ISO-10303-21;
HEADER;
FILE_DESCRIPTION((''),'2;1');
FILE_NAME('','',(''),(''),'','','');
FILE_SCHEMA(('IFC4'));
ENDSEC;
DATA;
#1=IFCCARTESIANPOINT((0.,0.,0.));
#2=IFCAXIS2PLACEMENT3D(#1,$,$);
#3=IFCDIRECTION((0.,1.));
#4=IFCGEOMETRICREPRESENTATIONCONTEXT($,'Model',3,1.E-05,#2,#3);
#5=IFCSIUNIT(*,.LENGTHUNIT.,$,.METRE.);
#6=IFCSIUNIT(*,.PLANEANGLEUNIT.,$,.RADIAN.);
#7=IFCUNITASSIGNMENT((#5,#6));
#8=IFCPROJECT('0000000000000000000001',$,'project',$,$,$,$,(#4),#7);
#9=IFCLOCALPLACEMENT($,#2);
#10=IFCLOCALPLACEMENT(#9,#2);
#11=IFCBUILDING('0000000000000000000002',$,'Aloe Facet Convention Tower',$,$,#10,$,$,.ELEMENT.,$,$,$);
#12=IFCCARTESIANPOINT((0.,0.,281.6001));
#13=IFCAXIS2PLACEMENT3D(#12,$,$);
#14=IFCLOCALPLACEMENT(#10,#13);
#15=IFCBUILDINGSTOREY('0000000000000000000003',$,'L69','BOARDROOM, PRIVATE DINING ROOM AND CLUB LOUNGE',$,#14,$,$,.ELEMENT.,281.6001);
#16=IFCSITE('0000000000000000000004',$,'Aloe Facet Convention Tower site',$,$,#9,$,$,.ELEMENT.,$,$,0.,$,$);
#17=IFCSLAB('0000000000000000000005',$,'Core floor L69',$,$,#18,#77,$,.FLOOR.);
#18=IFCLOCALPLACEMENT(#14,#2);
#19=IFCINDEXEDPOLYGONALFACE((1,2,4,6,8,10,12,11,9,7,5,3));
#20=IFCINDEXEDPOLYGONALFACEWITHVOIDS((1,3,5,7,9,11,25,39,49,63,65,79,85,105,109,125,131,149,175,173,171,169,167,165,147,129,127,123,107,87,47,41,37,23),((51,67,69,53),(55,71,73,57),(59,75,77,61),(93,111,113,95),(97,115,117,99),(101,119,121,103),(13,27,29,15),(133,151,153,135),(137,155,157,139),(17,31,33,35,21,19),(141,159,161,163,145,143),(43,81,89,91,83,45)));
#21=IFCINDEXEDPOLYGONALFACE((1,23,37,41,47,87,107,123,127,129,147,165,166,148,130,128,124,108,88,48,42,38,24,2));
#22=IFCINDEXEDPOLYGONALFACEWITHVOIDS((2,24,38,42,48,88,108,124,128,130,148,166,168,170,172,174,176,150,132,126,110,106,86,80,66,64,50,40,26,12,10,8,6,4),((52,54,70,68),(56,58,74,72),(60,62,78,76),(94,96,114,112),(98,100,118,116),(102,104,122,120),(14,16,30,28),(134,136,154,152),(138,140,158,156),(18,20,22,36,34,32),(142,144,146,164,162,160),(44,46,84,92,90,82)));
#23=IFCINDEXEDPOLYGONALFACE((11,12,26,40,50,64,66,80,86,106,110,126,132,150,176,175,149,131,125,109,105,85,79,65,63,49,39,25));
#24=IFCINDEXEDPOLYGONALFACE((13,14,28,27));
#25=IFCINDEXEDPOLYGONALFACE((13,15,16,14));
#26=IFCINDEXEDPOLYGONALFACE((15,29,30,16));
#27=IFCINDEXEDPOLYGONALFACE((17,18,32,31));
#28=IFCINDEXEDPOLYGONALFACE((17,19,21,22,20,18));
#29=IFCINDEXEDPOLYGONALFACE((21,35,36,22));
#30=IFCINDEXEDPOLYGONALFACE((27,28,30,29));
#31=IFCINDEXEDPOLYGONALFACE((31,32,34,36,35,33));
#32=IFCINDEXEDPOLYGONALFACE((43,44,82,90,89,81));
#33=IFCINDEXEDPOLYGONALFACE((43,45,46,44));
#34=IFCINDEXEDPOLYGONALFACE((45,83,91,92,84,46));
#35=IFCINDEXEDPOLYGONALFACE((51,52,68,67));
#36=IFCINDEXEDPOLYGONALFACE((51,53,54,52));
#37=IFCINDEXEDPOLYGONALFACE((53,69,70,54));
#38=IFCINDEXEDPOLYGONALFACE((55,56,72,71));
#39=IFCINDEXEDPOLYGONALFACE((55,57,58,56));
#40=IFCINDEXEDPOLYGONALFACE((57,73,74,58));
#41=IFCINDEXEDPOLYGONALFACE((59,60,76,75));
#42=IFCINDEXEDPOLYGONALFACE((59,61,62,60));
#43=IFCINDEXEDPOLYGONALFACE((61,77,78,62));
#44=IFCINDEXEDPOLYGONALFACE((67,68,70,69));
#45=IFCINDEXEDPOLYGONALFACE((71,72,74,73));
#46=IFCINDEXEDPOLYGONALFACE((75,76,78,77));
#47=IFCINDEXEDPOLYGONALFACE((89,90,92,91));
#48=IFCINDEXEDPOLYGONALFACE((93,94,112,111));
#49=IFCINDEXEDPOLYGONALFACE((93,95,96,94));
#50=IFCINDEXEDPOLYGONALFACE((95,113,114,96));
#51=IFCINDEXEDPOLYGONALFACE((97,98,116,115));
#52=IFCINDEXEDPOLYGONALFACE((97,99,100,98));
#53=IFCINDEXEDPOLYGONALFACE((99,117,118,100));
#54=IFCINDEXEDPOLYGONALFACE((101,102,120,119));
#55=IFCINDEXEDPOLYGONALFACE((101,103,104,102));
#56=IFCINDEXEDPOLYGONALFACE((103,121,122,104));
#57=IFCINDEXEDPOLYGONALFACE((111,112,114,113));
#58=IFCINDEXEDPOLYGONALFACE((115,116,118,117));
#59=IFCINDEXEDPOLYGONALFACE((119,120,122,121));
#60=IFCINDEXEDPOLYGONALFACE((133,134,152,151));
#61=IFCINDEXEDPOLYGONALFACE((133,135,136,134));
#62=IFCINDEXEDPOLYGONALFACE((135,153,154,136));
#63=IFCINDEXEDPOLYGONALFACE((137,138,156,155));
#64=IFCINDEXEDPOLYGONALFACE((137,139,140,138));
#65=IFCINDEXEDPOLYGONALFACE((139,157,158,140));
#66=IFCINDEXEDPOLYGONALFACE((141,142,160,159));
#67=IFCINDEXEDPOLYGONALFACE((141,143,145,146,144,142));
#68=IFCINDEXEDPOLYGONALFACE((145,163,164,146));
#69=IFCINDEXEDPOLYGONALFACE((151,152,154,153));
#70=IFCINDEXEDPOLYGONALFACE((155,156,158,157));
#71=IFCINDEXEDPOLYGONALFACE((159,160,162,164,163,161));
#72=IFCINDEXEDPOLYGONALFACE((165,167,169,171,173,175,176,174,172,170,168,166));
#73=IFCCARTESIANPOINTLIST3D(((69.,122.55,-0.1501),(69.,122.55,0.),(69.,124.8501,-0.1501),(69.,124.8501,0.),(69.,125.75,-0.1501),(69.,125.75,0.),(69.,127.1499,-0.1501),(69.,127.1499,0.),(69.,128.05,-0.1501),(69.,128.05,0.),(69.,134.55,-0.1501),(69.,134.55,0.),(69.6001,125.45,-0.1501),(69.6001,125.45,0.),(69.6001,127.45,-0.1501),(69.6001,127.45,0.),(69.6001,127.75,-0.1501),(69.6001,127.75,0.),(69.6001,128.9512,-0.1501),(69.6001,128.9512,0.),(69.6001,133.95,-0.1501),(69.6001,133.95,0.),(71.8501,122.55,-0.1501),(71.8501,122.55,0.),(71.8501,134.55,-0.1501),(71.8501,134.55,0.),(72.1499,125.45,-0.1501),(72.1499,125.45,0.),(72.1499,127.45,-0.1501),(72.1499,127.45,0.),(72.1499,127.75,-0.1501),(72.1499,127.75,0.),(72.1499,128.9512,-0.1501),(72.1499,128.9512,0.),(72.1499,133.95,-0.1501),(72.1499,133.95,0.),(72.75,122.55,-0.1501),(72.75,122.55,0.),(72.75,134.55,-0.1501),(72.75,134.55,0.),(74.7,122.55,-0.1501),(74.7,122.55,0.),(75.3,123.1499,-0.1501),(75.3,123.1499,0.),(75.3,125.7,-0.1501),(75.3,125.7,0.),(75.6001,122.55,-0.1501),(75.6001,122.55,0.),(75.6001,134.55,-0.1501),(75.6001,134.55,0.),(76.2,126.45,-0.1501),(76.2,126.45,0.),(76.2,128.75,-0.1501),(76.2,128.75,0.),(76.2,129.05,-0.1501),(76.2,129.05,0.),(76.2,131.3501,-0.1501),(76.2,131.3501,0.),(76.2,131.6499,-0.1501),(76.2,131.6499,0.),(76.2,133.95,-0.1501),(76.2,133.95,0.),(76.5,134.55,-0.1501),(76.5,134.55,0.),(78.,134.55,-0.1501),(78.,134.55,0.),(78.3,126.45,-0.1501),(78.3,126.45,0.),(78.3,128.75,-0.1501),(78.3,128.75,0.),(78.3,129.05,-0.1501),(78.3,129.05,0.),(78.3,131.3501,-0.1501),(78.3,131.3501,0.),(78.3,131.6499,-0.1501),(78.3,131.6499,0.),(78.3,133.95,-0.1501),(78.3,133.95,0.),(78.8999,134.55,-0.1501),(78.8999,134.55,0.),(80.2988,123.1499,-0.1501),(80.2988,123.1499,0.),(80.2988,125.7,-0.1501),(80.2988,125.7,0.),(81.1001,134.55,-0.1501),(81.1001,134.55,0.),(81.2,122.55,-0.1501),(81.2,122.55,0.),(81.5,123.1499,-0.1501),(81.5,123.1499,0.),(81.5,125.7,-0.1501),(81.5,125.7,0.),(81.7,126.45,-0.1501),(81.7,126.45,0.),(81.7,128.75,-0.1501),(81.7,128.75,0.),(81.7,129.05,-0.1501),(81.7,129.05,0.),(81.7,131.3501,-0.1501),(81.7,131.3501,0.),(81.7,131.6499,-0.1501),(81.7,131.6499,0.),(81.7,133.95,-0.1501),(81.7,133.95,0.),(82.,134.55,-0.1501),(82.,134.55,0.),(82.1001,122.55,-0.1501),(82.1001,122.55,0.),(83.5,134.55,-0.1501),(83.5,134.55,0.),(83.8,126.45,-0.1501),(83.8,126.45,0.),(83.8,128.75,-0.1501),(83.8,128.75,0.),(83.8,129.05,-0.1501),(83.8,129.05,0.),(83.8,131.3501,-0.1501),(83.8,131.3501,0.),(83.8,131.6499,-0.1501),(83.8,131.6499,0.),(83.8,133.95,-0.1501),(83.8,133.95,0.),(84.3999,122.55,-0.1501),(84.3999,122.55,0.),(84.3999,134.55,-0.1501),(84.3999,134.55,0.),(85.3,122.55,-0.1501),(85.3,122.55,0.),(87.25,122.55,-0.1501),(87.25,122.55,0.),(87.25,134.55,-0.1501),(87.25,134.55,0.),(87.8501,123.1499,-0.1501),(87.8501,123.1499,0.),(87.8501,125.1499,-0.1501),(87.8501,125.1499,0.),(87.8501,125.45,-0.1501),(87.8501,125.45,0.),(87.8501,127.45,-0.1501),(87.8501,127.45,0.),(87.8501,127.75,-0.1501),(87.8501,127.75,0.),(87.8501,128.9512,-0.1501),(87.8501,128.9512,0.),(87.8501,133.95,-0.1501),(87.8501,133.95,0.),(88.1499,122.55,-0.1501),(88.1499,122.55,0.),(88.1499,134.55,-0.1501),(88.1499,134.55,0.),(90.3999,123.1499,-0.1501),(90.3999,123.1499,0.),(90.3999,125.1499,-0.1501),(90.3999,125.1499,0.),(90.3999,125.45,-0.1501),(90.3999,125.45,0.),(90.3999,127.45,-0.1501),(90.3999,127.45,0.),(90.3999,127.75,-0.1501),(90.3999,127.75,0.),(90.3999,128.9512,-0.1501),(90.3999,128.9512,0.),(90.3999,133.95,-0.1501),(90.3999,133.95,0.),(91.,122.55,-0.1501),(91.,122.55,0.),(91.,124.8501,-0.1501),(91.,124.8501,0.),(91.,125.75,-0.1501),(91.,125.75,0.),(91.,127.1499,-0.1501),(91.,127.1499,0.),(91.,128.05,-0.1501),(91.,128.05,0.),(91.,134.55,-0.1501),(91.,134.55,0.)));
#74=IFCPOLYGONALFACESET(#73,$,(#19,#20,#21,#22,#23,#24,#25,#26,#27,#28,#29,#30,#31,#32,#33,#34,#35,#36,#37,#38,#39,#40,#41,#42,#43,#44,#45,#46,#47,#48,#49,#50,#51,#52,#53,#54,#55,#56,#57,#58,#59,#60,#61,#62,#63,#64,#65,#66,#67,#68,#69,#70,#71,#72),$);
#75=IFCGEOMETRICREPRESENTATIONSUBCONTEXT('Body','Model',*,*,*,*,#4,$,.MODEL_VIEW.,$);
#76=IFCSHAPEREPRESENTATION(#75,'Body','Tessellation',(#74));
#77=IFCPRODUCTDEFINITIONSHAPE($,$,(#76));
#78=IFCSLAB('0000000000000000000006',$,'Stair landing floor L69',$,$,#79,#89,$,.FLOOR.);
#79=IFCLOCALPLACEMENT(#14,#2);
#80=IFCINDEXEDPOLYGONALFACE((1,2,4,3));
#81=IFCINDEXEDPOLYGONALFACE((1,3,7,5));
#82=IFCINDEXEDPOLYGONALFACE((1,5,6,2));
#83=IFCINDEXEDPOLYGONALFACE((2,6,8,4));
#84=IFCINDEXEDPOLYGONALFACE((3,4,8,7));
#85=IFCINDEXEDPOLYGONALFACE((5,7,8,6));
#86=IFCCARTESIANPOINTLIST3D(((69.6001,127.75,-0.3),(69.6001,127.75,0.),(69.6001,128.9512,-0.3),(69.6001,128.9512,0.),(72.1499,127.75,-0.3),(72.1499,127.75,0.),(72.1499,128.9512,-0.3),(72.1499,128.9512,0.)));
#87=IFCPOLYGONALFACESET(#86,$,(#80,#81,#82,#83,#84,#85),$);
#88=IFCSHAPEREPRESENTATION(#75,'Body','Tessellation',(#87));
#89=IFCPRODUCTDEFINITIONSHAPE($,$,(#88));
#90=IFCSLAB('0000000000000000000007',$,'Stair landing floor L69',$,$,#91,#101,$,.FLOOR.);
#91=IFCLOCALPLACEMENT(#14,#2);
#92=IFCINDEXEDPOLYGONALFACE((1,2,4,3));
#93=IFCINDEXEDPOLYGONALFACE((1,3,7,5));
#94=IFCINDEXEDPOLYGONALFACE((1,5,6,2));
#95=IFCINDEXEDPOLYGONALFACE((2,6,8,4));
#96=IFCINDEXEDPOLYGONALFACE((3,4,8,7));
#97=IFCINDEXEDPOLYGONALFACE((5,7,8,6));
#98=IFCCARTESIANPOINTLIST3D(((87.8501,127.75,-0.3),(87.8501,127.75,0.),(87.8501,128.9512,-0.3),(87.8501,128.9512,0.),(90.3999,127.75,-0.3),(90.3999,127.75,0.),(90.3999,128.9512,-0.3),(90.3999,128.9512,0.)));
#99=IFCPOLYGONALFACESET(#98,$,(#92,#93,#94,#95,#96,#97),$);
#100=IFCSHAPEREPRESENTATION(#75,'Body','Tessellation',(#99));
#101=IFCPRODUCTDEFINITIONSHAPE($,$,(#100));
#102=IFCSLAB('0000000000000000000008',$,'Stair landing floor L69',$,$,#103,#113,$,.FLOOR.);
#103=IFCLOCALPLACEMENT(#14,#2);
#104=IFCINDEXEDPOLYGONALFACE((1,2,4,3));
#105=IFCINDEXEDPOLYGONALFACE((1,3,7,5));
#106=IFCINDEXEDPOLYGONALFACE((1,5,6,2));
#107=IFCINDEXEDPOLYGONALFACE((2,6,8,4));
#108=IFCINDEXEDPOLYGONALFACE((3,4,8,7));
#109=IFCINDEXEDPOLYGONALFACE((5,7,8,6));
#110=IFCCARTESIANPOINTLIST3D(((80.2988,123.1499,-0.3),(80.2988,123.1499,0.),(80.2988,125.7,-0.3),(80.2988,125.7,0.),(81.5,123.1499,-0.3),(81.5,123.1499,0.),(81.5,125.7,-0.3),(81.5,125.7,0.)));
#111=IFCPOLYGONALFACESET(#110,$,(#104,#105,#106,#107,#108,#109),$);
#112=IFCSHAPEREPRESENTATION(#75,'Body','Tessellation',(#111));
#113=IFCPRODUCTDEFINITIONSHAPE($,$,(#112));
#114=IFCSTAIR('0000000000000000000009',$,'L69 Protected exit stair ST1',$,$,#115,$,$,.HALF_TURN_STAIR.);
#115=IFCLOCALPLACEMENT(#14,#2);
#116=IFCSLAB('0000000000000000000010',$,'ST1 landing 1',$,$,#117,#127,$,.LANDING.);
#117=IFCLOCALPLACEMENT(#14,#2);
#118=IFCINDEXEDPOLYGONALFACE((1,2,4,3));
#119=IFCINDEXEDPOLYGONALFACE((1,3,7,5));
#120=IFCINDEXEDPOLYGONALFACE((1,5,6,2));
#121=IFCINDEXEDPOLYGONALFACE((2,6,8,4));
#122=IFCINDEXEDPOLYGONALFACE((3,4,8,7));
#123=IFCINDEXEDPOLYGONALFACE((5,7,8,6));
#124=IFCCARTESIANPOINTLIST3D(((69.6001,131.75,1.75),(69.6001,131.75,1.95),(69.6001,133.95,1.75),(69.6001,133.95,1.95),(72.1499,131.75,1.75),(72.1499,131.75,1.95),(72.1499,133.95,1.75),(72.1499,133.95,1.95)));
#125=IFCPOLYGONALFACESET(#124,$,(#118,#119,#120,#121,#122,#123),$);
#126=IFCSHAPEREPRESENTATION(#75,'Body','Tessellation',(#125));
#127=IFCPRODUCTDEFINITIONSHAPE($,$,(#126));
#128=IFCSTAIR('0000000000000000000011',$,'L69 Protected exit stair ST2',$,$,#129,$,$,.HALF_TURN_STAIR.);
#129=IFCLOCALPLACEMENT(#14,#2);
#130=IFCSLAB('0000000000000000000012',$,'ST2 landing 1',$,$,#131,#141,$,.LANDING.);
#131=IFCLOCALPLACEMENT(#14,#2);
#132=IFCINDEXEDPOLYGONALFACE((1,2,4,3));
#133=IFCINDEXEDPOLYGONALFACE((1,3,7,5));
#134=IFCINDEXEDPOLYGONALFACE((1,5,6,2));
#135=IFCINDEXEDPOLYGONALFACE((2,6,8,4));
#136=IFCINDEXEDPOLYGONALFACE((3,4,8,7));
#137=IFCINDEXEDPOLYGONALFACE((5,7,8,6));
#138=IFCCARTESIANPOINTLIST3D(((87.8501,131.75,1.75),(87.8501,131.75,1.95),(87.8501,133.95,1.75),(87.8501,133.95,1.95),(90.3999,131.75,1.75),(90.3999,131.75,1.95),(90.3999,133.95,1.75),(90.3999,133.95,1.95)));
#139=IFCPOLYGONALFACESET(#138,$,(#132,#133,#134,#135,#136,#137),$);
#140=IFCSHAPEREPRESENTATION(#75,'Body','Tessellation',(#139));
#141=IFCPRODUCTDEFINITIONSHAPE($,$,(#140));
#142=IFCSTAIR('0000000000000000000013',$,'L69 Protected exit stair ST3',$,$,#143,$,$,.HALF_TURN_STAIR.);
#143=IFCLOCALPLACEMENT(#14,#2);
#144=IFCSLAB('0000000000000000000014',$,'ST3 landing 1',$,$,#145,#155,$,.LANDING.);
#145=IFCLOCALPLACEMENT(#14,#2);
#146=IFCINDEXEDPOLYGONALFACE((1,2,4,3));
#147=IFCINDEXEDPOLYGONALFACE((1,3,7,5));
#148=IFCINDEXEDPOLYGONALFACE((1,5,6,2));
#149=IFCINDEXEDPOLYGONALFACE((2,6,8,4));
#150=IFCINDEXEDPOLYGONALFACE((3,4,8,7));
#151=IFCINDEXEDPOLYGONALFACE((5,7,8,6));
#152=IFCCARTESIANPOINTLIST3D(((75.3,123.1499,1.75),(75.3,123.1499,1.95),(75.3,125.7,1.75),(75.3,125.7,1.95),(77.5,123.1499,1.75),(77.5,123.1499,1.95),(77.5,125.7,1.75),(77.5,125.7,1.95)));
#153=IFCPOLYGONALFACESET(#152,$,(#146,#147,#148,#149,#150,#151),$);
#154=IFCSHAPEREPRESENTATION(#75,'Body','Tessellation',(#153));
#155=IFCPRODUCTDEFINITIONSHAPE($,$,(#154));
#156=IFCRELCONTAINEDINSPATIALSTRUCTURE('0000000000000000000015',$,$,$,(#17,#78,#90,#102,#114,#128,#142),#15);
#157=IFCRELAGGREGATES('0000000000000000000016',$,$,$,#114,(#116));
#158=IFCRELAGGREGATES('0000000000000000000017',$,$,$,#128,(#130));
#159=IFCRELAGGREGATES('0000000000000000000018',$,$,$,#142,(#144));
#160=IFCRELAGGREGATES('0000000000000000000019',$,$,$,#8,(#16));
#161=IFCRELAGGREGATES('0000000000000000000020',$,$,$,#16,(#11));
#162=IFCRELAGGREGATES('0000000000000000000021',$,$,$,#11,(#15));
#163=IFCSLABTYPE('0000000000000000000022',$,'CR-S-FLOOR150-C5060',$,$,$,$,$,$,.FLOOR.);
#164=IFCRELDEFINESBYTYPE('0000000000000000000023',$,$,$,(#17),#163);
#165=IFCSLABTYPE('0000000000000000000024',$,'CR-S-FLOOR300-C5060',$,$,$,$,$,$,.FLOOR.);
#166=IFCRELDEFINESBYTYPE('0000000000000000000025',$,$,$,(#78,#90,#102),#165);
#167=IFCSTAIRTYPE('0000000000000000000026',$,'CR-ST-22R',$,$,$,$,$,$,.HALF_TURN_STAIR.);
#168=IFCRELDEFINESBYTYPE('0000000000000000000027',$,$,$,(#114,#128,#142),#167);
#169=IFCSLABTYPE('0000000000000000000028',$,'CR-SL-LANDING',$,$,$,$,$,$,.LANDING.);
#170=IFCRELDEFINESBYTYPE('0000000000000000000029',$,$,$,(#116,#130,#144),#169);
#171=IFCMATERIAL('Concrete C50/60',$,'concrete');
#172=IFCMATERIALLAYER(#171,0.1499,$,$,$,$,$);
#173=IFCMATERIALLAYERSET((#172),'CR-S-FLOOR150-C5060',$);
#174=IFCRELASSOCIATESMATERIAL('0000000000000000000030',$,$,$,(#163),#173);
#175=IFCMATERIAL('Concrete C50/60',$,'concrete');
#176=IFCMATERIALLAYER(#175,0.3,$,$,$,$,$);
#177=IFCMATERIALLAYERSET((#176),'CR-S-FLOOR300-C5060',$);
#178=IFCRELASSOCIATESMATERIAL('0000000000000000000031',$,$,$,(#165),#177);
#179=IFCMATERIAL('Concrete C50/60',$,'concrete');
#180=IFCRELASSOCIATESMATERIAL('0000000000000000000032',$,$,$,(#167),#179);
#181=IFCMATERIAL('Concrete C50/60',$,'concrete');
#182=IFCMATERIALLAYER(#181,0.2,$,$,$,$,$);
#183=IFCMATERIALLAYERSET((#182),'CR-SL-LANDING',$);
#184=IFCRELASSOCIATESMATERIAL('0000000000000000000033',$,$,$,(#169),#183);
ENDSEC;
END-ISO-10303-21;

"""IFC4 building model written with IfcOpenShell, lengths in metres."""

from ifc_helpers import new_model, si_unit, direction, frame, origin, place, context, subcontext, project, spatial, polyline, outline, extrude, material, layer, layer_set, type_object, element, aggregate, save


model = new_model("IFC4")

# Units and contexts
model_context = context("Model", 3, precision=1e-05, world=origin(), true_north=direction((0.0, 1.0)))
body_context = subcontext(model_context, "Body", "Model", "MODEL_VIEW")
ifc_project = project(units=[si_unit("LENGTHUNIT", "METRE"), si_unit("PLANEANGLEUNIT", "RADIAN")], contexts=[model_context])

# Site, building, storey
site_placement = place(None, origin())
site = spatial("IfcSite", under=ifc_project, at=site_placement, Name="Aloe Facet Convention Tower site", CompositionType="ELEMENT", RefElevation=0.0)
building_placement = place(site_placement, origin())
building = spatial("IfcBuilding", under=site, at=building_placement, Name="Aloe Facet Convention Tower", CompositionType="ELEMENT")
storey_placement = place(building_placement, frame((0.0, 0.0, 281.6001)))
storey = spatial("IfcBuildingStorey", under=building, at=storey_placement, Name="L69", Description="BOARDROOM, PRIVATE DINING ROOM AND CLUB LOUNGE", CompositionType="ELEMENT", Elevation=281.6001)

# Slabs
ifc_material_1 = material(Name="Concrete C50/60", Category="concrete")
ifc_layer_1 = layer(ifc_material_1, 0.1499)
ifc_layer_set_1 = layer_set([ifc_layer_1], Name="CR-S-FLOOR150-C5060")
slab_type_1 = type_object("IfcSlabType", Name="CR-S-FLOOR150-C5060", PredefinedType="FLOOR", material=ifc_layer_set_1)
slab_1_placement = place(storey_placement, frame((0.0, 0.0, -0.1501)))
element("IfcSlab", 1, at=slab_1_placement, inside=storey, type_object=slab_type_1, Name="Core floor L69", PredefinedType="FLOOR", context=body_context, shape_type="SweptSolid", body=[
    extrude(outline(polyline([(71.8501, 134.55), (72.75, 134.55), (75.6001, 134.55), (76.5, 134.55), (78.0, 134.55), (78.8999, 134.55), (81.1001, 134.55), (82.0, 134.55), (83.5, 134.55), (84.3999, 134.55), (87.25, 134.55), (88.1499, 134.55), (91.0, 134.55), (91.0, 128.05), (91.0, 127.1499), (91.0, 125.75), (91.0, 124.8501), (91.0, 122.55), (88.1499, 122.55), (87.25, 122.55), (85.3, 122.55), (84.3999, 122.55), (82.1001, 122.55), (81.2, 122.55), (75.6001, 122.55), (74.7, 122.55), (72.75, 122.55), (71.8501, 122.55), (69.0, 122.55), (69.0, 124.8501), (69.0, 125.75), (69.0, 127.1499), (69.0, 128.05), (69.0, 134.55), (71.8501, 134.55)]), holes=[polyline([(80.2988, 123.1499), (81.5, 123.1499), (81.5, 125.7), (80.2988, 125.7), (75.3, 125.7), (75.3, 123.1499), (80.2988, 123.1499)]), polyline([(69.6001, 125.45), (72.1499, 125.45), (72.1499, 127.45), (69.6001, 127.45), (69.6001, 125.45)]), polyline([(76.2, 126.45), (78.3, 126.45), (78.3, 128.75), (76.2, 128.75), (76.2, 126.45)]), polyline([(78.3, 129.05), (78.3, 131.3501), (76.2, 131.3501), (76.2, 129.05), (78.3, 129.05)]), polyline([(69.6001, 133.95), (69.6001, 128.9512), (69.6001, 127.75), (72.1499, 127.75), (72.1499, 128.9512), (72.1499, 133.95), (69.6001, 133.95)]), polyline([(76.2, 131.6499), (78.3, 131.6499), (78.3, 133.95), (76.2, 133.95), (76.2, 131.6499)]), polyline([(90.3999, 123.1499), (90.3999, 125.1499), (87.8501, 125.1499), (87.8501, 123.1499), (90.3999, 123.1499)]), polyline([(87.8501, 125.45), (90.3999, 125.45), (90.3999, 127.45), (87.8501, 127.45), (87.8501, 125.45)]), polyline([(81.7, 126.45), (83.8, 126.45), (83.8, 128.75), (81.7, 128.75), (81.7, 126.45)]), polyline([(83.8, 129.05), (83.8, 131.3501), (81.7, 131.3501), (81.7, 129.05), (83.8, 129.05)]), polyline([(87.8501, 133.95), (87.8501, 128.9512), (87.8501, 127.75), (90.3999, 127.75), (90.3999, 128.9512), (90.3999, 133.95), (87.8501, 133.95)]), polyline([(81.7, 131.6499), (83.8, 131.6499), (83.8, 133.95), (81.7, 133.95), (81.7, 131.6499)])]), origin(), (0.0, 0.0, 1.0), 0.1501),
])
ifc_material_2 = material(Name="Concrete C50/60", Category="concrete")
ifc_layer_2 = layer(ifc_material_2, 0.3)
ifc_layer_set_2 = layer_set([ifc_layer_2], Name="CR-S-FLOOR300-C5060")
slab_type_2 = type_object("IfcSlabType", Name="CR-S-FLOOR300-C5060", PredefinedType="FLOOR", material=ifc_layer_set_2)
slab_2_placement = place(storey_placement, frame((0.0, 0.0, -0.3)))
element("IfcSlab", 2, at=slab_2_placement, inside=storey, type_object=slab_type_2, Name="Stair landing floor L69", PredefinedType="FLOOR", context=body_context, shape_type="SweptSolid", body=[
    extrude(outline(polyline([(72.1499, 127.75), (72.1499, 128.9512), (69.6001, 128.9512), (69.6001, 127.75), (72.1499, 127.75)])), origin(), (0.0, 0.0, 1.0), 0.3),
])
slab_3_placement = place(storey_placement, frame((0.0, 0.0, -0.3)))
element("IfcSlab", 3, at=slab_3_placement, inside=storey, type_object=slab_type_2, Name="Stair landing floor L69", PredefinedType="FLOOR", context=body_context, shape_type="SweptSolid", body=[
    extrude(outline(polyline([(90.3999, 127.75), (90.3999, 128.9512), (87.8501, 128.9512), (87.8501, 127.75), (90.3999, 127.75)])), origin(), (0.0, 0.0, 1.0), 0.3),
])
slab_4_placement = place(storey_placement, frame((0.0, 0.0, -0.3)))
element("IfcSlab", 4, at=slab_4_placement, inside=storey, type_object=slab_type_2, Name="Stair landing floor L69", PredefinedType="FLOOR", context=body_context, shape_type="SweptSolid", body=[
    extrude(outline(polyline([(81.5, 125.7), (80.2988, 125.7), (80.2988, 123.1499), (81.5, 123.1499), (81.5, 125.7)])), origin(), (0.0, 0.0, 1.0), 0.3),
])

# Stairs, slabs
ifc_material_3 = material(Name="Concrete C50/60", Category="concrete")
stair_type = type_object("IfcStairType", Name="CR-ST-22R", PredefinedType="HALF_TURN_STAIR", material=ifc_material_3)
stair_1_placement = place(storey_placement, origin())
stair_1 = element("IfcStair", 5, at=stair_1_placement, inside=storey, type_object=stair_type, Name="L69 Protected exit stair ST1", PredefinedType="HALF_TURN_STAIR")
ifc_material_4 = material(Name="Concrete C50/60", Category="concrete")
ifc_layer_3 = layer(ifc_material_4, 0.2)
ifc_layer_set_3 = layer_set([ifc_layer_3], Name="CR-SL-LANDING")
slab_type_3 = type_object("IfcSlabType", Name="CR-SL-LANDING", PredefinedType="LANDING", material=ifc_layer_set_3)
slab_5_placement = place(storey_placement, frame((0.0, 0.0, 1.75)))
slab_5 = element("IfcSlab", 6, at=slab_5_placement, type_object=slab_type_3, Name="ST1 landing 1", PredefinedType="LANDING", context=body_context, shape_type="SweptSolid", body=[
    extrude(outline(polyline([(72.1499, 131.75), (72.1499, 133.95), (69.6001, 133.95), (69.6001, 131.75), (72.1499, 131.75)])), origin(), (0.0, 0.0, 1.0), 0.2),
])
aggregate(stair_1, [slab_5])
stair_2_placement = place(storey_placement, origin())
stair_2 = element("IfcStair", 7, at=stair_2_placement, inside=storey, type_object=stair_type, Name="L69 Protected exit stair ST2", PredefinedType="HALF_TURN_STAIR")
slab_6_placement = place(storey_placement, frame((0.0, 0.0, 1.75)))
slab_6 = element("IfcSlab", 8, at=slab_6_placement, type_object=slab_type_3, Name="ST2 landing 1", PredefinedType="LANDING", context=body_context, shape_type="SweptSolid", body=[
    extrude(outline(polyline([(90.3999, 131.75), (90.3999, 133.95), (87.8501, 133.95), (87.8501, 131.75), (90.3999, 131.75)])), origin(), (0.0, 0.0, 1.0), 0.2),
])
aggregate(stair_2, [slab_6])
stair_3_placement = place(storey_placement, origin())
stair_3 = element("IfcStair", 9, at=stair_3_placement, inside=storey, type_object=stair_type, Name="L69 Protected exit stair ST3", PredefinedType="HALF_TURN_STAIR")
slab_7_placement = place(storey_placement, frame((0.0, 0.0, 1.75)))
slab_7 = element("IfcSlab", 10, at=slab_7_placement, type_object=slab_type_3, Name="ST3 landing 1", PredefinedType="LANDING", context=body_context, shape_type="SweptSolid", body=[
    extrude(outline(polyline([(77.5, 125.7), (75.3, 125.7), (75.3, 123.1499), (77.5, 123.1499), (77.5, 125.7)])), origin(), (0.0, 0.0, 1.0), 0.2),
])
aggregate(stair_3, [slab_7])

save(model, "model.ifc")
